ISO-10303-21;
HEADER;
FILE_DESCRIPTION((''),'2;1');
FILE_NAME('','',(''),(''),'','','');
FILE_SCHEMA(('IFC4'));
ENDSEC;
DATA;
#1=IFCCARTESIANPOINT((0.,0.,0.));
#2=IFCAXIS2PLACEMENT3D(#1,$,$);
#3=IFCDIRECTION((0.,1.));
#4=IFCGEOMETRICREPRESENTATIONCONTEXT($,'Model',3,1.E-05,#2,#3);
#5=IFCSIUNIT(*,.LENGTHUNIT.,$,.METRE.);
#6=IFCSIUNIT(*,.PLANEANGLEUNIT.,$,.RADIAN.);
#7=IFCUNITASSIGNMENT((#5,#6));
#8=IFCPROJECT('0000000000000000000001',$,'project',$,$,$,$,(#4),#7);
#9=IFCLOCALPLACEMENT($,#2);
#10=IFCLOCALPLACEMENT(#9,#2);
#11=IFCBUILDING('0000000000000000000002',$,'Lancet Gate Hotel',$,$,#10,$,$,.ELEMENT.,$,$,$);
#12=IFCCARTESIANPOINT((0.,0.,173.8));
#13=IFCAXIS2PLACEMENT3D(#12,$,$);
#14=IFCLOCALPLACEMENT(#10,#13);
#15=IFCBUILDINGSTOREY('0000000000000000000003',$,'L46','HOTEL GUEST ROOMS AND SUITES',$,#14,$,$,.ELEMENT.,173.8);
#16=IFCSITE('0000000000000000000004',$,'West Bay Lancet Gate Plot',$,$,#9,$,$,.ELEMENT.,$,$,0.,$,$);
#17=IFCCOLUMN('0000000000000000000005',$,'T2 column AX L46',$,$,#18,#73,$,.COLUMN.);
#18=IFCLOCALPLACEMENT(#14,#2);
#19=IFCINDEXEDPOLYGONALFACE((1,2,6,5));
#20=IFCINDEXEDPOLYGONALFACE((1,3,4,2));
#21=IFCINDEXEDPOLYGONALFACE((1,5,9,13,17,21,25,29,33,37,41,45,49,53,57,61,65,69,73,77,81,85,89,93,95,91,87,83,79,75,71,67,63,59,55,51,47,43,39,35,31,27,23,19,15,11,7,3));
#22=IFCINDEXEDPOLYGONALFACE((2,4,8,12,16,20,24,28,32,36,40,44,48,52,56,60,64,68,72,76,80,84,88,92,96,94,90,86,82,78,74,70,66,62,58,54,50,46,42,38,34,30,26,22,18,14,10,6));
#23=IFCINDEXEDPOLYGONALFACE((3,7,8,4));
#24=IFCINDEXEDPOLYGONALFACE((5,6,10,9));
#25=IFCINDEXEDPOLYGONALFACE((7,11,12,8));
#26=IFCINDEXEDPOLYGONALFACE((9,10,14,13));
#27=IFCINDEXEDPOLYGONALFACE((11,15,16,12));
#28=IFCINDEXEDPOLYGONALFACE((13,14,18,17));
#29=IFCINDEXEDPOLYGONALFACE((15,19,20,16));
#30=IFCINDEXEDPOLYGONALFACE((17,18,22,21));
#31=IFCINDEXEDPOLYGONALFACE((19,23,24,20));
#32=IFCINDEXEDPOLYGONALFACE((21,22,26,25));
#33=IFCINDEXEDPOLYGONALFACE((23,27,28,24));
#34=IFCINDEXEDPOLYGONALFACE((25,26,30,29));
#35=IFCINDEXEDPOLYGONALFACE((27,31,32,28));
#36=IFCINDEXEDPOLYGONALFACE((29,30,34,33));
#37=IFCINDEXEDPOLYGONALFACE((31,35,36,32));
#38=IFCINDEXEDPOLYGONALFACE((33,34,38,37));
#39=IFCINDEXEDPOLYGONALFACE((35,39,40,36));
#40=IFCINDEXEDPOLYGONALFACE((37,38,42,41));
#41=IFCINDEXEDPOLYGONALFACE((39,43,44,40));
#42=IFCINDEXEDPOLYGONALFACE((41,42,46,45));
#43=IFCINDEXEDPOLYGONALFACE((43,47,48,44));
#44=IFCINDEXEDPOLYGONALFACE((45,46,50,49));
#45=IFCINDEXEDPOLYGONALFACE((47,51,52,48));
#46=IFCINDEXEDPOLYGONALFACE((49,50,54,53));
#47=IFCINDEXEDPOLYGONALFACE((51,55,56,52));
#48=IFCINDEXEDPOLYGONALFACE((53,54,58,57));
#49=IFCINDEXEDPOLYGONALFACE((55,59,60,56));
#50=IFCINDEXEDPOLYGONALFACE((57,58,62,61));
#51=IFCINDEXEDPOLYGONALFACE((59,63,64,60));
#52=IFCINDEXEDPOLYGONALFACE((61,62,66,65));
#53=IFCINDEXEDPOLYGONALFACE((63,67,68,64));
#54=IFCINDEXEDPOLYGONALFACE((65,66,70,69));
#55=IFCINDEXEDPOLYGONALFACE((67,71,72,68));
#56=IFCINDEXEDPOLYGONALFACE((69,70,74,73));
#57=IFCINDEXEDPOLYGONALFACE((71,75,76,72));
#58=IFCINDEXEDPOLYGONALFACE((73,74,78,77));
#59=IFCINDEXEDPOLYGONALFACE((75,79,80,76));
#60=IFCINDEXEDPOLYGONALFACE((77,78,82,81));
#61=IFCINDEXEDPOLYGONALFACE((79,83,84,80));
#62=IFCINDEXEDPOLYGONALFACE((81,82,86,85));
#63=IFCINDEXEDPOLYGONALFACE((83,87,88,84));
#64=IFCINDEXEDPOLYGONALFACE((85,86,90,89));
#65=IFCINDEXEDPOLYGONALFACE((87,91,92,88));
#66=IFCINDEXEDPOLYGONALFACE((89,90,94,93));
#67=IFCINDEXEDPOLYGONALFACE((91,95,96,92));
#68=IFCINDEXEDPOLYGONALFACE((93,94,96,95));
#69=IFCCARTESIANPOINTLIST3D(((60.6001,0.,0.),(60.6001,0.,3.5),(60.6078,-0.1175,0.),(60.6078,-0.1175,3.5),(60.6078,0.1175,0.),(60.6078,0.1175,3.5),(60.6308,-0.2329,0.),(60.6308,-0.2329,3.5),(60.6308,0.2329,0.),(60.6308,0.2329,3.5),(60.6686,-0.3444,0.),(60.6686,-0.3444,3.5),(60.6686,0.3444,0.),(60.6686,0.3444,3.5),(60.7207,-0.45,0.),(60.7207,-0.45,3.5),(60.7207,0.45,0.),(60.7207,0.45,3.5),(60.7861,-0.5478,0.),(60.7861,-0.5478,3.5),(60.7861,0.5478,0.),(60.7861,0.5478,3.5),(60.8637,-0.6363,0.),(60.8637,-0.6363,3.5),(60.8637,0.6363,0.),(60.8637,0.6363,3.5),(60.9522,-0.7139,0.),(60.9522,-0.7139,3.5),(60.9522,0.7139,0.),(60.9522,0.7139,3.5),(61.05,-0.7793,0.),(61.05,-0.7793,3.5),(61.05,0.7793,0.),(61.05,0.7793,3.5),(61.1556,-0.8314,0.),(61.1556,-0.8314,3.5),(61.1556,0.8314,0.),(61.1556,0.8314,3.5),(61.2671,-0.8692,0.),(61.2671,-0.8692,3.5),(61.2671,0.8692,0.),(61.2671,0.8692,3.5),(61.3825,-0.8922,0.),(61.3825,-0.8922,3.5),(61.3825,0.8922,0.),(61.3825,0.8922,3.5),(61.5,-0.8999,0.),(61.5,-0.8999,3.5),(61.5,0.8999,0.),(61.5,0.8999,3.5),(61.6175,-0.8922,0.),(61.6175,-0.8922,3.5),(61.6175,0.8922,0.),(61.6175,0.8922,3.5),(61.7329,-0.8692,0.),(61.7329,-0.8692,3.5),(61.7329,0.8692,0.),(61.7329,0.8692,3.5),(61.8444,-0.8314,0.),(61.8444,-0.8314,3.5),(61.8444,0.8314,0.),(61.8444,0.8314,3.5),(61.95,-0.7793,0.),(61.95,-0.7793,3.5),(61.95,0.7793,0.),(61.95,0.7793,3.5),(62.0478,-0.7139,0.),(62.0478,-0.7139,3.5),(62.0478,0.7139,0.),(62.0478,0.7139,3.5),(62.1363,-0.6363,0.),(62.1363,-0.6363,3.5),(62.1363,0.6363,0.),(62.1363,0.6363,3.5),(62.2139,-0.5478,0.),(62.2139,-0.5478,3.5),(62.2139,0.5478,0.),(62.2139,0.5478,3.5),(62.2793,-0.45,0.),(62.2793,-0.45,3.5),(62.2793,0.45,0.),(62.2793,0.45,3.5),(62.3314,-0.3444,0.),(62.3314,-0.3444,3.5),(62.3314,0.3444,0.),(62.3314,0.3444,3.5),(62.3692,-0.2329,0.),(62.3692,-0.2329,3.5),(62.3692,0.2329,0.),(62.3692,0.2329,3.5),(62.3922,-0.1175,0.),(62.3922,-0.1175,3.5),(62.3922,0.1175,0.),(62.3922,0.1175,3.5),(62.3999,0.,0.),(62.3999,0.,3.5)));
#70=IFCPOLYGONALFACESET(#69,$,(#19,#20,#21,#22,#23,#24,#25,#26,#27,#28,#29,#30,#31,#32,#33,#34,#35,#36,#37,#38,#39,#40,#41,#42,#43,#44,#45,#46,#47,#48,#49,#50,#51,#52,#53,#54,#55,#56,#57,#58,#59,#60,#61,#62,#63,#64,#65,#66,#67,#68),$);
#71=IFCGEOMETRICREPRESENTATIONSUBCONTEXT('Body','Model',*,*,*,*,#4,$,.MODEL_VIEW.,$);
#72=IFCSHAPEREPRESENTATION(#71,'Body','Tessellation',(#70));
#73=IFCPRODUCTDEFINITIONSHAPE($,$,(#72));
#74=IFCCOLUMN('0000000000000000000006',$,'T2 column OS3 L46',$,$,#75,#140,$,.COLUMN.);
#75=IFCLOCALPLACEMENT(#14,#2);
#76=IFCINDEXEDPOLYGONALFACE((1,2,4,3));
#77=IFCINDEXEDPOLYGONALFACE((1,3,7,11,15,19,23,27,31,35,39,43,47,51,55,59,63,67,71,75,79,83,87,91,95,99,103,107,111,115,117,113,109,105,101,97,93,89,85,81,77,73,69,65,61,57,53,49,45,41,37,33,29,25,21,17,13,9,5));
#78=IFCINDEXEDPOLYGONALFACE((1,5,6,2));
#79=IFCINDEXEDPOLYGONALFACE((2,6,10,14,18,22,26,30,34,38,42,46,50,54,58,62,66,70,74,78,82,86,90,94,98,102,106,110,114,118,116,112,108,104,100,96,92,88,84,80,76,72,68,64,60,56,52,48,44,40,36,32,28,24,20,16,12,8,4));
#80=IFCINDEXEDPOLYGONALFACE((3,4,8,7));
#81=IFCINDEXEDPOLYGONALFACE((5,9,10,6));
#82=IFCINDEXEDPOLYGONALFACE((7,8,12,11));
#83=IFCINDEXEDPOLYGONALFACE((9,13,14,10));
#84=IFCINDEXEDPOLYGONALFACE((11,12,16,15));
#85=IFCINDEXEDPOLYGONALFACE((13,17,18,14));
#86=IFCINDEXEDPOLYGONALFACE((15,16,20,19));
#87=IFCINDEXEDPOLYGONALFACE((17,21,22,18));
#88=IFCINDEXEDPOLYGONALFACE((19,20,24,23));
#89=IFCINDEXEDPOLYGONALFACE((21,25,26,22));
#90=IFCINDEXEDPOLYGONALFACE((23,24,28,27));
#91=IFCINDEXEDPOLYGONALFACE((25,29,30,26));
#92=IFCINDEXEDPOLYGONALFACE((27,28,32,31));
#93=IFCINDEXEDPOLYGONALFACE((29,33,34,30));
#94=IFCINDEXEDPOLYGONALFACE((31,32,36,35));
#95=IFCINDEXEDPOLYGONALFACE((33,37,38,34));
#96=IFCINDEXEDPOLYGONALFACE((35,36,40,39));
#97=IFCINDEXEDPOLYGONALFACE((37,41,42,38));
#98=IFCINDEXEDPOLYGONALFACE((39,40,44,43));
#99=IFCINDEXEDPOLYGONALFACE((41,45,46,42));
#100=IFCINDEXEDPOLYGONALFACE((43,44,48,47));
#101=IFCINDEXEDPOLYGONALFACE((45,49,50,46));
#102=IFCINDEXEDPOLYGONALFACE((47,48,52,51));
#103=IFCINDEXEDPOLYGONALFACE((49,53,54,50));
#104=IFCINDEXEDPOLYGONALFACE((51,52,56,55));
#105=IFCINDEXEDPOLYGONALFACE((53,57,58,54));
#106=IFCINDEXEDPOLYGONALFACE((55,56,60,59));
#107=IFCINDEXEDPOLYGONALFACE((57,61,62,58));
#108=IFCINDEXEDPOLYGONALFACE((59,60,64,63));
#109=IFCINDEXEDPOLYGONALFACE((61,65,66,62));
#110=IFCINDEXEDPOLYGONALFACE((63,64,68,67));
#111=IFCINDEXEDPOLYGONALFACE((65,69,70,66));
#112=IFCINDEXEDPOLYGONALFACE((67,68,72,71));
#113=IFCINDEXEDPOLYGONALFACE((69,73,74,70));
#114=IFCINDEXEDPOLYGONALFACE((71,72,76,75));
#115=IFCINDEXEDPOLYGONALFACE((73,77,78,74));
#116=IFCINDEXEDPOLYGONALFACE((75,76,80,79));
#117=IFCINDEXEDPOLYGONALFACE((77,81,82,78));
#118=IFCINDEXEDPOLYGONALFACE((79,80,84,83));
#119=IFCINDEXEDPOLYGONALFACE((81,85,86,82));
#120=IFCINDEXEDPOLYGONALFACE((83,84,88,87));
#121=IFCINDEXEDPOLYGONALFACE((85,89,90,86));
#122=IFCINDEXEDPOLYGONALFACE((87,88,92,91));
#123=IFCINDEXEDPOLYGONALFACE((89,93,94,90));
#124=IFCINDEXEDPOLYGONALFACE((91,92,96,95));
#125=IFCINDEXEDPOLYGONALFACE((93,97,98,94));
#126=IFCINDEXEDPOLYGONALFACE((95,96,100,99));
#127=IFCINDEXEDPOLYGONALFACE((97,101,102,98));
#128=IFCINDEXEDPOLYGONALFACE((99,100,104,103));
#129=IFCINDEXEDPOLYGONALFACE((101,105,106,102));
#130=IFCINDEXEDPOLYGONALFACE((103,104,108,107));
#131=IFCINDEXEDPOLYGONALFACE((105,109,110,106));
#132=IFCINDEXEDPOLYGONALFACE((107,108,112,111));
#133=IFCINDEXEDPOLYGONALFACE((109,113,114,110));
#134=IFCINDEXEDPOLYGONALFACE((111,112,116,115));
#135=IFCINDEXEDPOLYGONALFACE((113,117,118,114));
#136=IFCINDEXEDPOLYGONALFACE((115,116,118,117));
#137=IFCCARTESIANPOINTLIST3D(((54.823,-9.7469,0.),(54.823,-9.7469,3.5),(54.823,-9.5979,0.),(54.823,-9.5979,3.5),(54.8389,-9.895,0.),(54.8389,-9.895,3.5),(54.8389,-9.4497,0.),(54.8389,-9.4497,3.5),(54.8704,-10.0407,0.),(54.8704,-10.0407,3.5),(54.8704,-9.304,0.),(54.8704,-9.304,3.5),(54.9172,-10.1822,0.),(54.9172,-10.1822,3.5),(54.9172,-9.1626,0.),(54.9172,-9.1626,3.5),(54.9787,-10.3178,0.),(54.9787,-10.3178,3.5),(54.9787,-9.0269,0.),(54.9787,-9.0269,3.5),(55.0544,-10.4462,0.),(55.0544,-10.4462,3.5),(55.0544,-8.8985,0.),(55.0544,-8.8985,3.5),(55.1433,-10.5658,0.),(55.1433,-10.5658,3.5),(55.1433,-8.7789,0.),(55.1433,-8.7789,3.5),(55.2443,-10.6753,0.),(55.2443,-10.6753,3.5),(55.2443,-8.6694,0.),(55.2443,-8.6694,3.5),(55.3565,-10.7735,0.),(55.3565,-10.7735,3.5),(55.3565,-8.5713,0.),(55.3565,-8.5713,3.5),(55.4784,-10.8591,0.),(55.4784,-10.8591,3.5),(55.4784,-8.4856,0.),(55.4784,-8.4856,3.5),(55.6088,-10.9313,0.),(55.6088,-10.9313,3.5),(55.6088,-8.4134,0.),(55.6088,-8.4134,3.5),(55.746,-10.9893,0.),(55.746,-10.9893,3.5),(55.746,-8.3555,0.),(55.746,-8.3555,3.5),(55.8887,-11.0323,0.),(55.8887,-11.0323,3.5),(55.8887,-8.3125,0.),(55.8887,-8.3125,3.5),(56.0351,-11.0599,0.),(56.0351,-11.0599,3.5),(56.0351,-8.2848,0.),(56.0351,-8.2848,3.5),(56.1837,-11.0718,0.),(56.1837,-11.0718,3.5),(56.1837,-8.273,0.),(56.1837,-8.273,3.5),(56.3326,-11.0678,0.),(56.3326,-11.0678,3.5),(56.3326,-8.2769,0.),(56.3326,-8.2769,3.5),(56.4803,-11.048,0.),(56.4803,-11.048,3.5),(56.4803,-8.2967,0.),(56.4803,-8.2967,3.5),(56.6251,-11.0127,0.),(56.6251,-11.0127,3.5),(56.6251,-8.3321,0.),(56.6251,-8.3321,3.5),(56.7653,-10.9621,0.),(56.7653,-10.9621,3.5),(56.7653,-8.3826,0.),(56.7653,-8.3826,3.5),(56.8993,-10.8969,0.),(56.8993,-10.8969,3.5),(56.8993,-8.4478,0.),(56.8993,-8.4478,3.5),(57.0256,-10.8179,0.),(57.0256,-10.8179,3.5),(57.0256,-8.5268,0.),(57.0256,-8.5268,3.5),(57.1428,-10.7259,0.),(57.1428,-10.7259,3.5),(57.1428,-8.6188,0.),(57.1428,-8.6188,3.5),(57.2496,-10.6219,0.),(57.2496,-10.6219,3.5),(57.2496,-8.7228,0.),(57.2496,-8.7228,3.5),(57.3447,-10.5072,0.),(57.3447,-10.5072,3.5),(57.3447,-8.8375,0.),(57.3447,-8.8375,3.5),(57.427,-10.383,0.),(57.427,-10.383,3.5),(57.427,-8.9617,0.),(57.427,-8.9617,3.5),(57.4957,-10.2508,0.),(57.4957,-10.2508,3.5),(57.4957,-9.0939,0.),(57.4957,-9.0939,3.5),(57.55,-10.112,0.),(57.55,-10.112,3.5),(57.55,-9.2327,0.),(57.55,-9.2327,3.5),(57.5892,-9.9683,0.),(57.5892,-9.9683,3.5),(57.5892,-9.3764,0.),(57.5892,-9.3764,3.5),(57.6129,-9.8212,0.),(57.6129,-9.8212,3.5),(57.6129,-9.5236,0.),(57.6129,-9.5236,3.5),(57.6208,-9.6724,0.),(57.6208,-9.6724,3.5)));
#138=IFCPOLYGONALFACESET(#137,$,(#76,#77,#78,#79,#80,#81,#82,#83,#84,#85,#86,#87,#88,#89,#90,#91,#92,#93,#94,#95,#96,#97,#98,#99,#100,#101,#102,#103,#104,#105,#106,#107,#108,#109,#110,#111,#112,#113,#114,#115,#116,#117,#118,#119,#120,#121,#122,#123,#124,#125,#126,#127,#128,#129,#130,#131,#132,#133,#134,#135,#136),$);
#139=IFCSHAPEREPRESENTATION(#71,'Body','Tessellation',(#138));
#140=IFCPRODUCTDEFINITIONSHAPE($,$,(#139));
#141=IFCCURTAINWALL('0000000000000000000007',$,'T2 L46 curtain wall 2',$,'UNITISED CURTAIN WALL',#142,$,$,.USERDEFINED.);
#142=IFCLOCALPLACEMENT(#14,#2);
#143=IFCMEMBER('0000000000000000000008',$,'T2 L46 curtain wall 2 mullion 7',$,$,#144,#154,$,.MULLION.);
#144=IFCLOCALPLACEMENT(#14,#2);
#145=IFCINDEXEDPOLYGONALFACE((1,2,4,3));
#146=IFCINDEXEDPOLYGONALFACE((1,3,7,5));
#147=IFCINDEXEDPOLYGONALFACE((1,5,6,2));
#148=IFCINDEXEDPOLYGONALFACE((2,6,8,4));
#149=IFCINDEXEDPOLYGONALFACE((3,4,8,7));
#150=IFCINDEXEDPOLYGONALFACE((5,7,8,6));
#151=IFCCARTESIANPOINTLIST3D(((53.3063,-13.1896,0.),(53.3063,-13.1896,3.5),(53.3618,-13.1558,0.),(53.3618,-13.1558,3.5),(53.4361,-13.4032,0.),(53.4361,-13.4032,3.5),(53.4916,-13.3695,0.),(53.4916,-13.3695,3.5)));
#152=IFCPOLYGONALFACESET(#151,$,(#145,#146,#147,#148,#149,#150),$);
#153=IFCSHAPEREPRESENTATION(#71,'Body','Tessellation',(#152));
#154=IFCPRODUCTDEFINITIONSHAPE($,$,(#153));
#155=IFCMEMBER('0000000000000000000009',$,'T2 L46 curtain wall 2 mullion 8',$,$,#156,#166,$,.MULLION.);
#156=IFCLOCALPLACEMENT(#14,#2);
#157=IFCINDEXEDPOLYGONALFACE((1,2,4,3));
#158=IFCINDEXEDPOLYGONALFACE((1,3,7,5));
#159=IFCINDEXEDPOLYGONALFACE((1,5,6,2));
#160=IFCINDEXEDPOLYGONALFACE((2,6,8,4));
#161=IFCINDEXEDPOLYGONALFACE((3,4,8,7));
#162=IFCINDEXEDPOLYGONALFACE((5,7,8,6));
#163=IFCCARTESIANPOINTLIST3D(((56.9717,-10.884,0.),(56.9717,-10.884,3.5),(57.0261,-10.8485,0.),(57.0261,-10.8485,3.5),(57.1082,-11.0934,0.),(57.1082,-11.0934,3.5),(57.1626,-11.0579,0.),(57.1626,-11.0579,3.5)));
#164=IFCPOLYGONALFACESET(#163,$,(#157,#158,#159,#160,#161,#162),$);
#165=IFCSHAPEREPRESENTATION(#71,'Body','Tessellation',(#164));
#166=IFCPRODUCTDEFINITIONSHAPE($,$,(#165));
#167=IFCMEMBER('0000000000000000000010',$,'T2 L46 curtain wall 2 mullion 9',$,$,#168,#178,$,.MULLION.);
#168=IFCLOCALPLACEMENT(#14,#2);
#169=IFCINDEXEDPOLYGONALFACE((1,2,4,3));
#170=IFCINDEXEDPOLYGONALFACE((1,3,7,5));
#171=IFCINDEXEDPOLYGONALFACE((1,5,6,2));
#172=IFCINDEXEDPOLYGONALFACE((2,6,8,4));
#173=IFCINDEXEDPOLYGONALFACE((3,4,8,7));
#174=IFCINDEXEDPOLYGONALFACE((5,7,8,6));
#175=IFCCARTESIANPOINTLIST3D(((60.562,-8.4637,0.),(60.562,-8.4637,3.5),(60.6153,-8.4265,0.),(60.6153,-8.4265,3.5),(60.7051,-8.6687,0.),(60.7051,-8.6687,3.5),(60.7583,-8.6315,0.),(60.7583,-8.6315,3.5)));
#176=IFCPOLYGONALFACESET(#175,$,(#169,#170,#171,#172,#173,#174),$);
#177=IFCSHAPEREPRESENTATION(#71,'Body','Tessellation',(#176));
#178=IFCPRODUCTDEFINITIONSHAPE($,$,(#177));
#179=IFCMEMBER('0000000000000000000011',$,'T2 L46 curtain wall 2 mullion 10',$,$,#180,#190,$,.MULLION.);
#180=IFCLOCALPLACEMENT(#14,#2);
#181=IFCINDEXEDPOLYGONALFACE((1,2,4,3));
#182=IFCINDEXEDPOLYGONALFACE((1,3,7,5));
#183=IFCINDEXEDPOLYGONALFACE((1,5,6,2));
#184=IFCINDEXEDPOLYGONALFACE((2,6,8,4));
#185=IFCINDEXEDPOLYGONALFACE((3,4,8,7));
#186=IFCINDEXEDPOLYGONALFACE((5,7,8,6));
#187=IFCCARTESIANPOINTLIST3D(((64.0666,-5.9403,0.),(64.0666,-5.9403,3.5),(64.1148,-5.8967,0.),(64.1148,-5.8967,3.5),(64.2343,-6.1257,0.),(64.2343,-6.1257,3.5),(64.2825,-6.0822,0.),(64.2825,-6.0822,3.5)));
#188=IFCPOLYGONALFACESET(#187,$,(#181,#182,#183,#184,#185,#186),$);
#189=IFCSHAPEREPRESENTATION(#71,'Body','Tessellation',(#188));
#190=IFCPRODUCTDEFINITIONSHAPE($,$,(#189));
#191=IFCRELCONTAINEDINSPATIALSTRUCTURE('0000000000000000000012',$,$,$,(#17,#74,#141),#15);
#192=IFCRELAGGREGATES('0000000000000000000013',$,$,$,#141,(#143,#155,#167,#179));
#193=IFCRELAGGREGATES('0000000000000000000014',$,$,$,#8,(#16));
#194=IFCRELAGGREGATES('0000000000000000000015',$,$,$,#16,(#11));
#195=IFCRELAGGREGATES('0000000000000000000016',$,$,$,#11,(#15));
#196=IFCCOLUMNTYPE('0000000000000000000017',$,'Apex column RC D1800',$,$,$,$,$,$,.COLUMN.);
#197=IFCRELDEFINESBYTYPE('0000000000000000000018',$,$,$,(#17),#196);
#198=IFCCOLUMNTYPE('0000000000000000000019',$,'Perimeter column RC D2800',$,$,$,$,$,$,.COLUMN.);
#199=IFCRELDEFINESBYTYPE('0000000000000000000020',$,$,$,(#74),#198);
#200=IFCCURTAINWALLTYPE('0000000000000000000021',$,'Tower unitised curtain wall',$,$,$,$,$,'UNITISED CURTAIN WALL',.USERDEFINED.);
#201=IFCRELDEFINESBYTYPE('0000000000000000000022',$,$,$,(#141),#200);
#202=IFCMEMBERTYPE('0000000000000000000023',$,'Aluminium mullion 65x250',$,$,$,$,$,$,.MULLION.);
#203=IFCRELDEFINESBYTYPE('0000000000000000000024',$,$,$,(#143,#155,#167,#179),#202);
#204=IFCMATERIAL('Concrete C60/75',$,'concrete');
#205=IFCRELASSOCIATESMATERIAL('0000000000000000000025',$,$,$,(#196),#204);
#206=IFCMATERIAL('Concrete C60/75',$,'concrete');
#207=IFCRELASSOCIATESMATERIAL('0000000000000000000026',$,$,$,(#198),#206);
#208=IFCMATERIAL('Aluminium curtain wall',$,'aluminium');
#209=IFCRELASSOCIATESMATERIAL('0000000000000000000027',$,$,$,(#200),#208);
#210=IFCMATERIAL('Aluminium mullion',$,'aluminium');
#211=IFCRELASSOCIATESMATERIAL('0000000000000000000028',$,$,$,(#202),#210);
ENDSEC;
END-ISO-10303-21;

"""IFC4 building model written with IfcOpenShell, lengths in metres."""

from ifc_helpers import new_model, si_unit, direction, frame, origin, origin_2d, place, context, subcontext, project, spatial, rectangle, circle, extrude, material, material_profile, profile_set, type_object, element, aggregate, save


model = new_model("IFC4")

# Units and contexts
model_context = context("Model", 3, precision=1e-05, world=origin(), true_north=direction((0.0, 1.0)))
body_context = subcontext(model_context, "Body", "Model", "MODEL_VIEW")
ifc_project = project(units=[si_unit("LENGTHUNIT", "METRE"), si_unit("PLANEANGLEUNIT", "RADIAN")], contexts=[model_context])

# Site, building, storey
site_placement = place(None, origin())
site = spatial("IfcSite", under=ifc_project, at=site_placement, Name="West Bay Lancet Gate Plot", CompositionType="ELEMENT", RefElevation=0.0)
building_placement = place(site_placement, origin())
building = spatial("IfcBuilding", under=site, at=building_placement, Name="Lancet Gate Hotel", CompositionType="ELEMENT")
storey_placement = place(building_placement, frame((0.0, 0.0, 173.8)))
storey = spatial("IfcBuildingStorey", under=building, at=storey_placement, Name="L46", Description="HOTEL GUEST ROOMS AND SUITES", CompositionType="ELEMENT", Elevation=173.8)

# Columns
ifc_material_1 = material(Name="Concrete C60/75", Category="concrete")
ifc_material_profile_1 = material_profile(ifc_material_1, circle(Radius=0.8999, at=origin_2d()), Name="RC D1800")
ifc_profile_set_1 = profile_set([ifc_material_profile_1], Name="Concrete C60/75")
column_type_1 = type_object("IfcColumnType", Name="Apex column RC D1800", PredefinedType="COLUMN", material=ifc_profile_set_1)
column_1_placement = place(storey_placement, frame((61.5, 0.0, 0.0), z_axis=(0.0, 0.0, 1.0), x_axis=(1.0, 0.0, 0.0)))
element("IfcColumn", 1, at=column_1_placement, inside=storey, type_object=column_type_1, Name="T2 column AX L46", PredefinedType="COLUMN", context=body_context, shape_type="SweptSolid", body=[
    extrude(circle(Radius=0.8999, at=origin_2d()), origin(), (0.0, 0.0, 1.0), 3.5),
])
ifc_material_2 = material(Name="Concrete C60/75", Category="concrete")
ifc_material_profile_2 = material_profile(ifc_material_2, circle(Radius=1.3999, at=origin_2d()), Name="RC D2800")
ifc_profile_set_2 = profile_set([ifc_material_profile_2], Name="Concrete C60/75")
column_type_2 = type_object("IfcColumnType", Name="Perimeter column RC D2800", PredefinedType="COLUMN", material=ifc_profile_set_2)
column_2_placement = place(storey_placement, frame((56.2209, -9.6724, 0.0), z_axis=(0.0, 0.0, 1.0), x_axis=(1.0, 0.0, 0.0)))
element("IfcColumn", 2, at=column_2_placement, inside=storey, type_object=column_type_2, Name="T2 column OS3 L46", PredefinedType="COLUMN", context=body_context, shape_type="SweptSolid", body=[
    extrude(circle(Radius=1.3999, at=origin_2d()), origin(), (0.0, 0.0, 1.0), 3.5),
])

# Curtain wall, members
ifc_material_3 = material(Name="Aluminium curtain wall", Category="aluminium")
curtain_wall_type = type_object("IfcCurtainWallType", Name="Tower unitised curtain wall", ElementType="UNITISED CURTAIN WALL", PredefinedType="USERDEFINED", material=ifc_material_3)
curtain_wall_placement = place(storey_placement, origin())
curtain_wall = element("IfcCurtainWall", 3, at=curtain_wall_placement, inside=storey, type_object=curtain_wall_type, Name="T2 L46 curtain wall 2", ObjectType="UNITISED CURTAIN WALL", PredefinedType="USERDEFINED")
ifc_material_4 = material(Name="Aluminium mullion", Category="aluminium")
ifc_material_profile_3 = material_profile(ifc_material_4, rectangle(XDim=0.0649, YDim=0.25, at=origin_2d()), Name="MULLION 65x250")
ifc_profile_set_3 = profile_set([ifc_material_profile_3], Name="Aluminium mullion")
member_type_1 = type_object("IfcMemberType", Name="Aluminium mullion 65x250", PredefinedType="MULLION", material=ifc_profile_set_3)
member_1_placement = place(storey_placement, frame((53.3989, -13.2795, 0.0), z_axis=(0.0, 0.0, 1.0), x_axis=(0.854691, 0.519137, 0.0)))
member_1 = element("IfcMember", 4, at=member_1_placement, type_object=member_type_1, Name="T2 L46 curtain wall 2 mullion 7", PredefinedType="MULLION", context=body_context, shape_type="SweptSolid", body=[
    extrude(rectangle(XDim=0.0649, YDim=0.25, at=origin_2d()), origin(), (0.0, 0.0, 1.0), 3.5),
])
member_2_placement = place(storey_placement, frame((57.0671, -10.9709, 0.0), z_axis=(0.0, 0.0, 1.0), x_axis=(0.837801, 0.545976, 0.0)))
member_2 = element("IfcMember", 5, at=member_2_placement, type_object=member_type_1, Name="T2 L46 curtain wall 2 mullion 8", PredefinedType="MULLION", context=body_context, shape_type="SweptSolid", body=[
    extrude(rectangle(XDim=0.0649, YDim=0.25, at=origin_2d()), origin(), (0.0, 0.0, 1.0), 3.5),
])
member_3_placement = place(storey_placement, frame((60.6602, -8.5476, 0.0), z_axis=(0.0, 0.0, 1.0), x_axis=(0.820068, 0.572266, 0.0)))
member_3 = element("IfcMember", 6, at=member_3_placement, type_object=member_type_1, Name="T2 L46 curtain wall 2 mullion 9", PredefinedType="MULLION", context=body_context, shape_type="SweptSolid", body=[
    extrude(rectangle(XDim=0.0649, YDim=0.25, at=origin_2d()), origin(), (0.0, 0.0, 1.0), 3.5),
])
member_4_placement = place(storey_placement, frame((64.1746, -6.0112, 0.0), z_axis=(0.0, 0.0, 1.0), x_axis=(0.741693, 0.670739, 0.0)))
member_4 = element("IfcMember", 7, at=member_4_placement, type_object=member_type_1, Name="T2 L46 curtain wall 2 mullion 10", PredefinedType="MULLION", context=body_context, shape_type="SweptSolid", body=[
    extrude(rectangle(XDim=0.0649, YDim=0.25, at=origin_2d()), origin(), (0.0, 0.0, 1.0), 3.5),
])

aggregate(curtain_wall, [member_1, member_2, member_3, member_4])

save(model, "model.ifc")
